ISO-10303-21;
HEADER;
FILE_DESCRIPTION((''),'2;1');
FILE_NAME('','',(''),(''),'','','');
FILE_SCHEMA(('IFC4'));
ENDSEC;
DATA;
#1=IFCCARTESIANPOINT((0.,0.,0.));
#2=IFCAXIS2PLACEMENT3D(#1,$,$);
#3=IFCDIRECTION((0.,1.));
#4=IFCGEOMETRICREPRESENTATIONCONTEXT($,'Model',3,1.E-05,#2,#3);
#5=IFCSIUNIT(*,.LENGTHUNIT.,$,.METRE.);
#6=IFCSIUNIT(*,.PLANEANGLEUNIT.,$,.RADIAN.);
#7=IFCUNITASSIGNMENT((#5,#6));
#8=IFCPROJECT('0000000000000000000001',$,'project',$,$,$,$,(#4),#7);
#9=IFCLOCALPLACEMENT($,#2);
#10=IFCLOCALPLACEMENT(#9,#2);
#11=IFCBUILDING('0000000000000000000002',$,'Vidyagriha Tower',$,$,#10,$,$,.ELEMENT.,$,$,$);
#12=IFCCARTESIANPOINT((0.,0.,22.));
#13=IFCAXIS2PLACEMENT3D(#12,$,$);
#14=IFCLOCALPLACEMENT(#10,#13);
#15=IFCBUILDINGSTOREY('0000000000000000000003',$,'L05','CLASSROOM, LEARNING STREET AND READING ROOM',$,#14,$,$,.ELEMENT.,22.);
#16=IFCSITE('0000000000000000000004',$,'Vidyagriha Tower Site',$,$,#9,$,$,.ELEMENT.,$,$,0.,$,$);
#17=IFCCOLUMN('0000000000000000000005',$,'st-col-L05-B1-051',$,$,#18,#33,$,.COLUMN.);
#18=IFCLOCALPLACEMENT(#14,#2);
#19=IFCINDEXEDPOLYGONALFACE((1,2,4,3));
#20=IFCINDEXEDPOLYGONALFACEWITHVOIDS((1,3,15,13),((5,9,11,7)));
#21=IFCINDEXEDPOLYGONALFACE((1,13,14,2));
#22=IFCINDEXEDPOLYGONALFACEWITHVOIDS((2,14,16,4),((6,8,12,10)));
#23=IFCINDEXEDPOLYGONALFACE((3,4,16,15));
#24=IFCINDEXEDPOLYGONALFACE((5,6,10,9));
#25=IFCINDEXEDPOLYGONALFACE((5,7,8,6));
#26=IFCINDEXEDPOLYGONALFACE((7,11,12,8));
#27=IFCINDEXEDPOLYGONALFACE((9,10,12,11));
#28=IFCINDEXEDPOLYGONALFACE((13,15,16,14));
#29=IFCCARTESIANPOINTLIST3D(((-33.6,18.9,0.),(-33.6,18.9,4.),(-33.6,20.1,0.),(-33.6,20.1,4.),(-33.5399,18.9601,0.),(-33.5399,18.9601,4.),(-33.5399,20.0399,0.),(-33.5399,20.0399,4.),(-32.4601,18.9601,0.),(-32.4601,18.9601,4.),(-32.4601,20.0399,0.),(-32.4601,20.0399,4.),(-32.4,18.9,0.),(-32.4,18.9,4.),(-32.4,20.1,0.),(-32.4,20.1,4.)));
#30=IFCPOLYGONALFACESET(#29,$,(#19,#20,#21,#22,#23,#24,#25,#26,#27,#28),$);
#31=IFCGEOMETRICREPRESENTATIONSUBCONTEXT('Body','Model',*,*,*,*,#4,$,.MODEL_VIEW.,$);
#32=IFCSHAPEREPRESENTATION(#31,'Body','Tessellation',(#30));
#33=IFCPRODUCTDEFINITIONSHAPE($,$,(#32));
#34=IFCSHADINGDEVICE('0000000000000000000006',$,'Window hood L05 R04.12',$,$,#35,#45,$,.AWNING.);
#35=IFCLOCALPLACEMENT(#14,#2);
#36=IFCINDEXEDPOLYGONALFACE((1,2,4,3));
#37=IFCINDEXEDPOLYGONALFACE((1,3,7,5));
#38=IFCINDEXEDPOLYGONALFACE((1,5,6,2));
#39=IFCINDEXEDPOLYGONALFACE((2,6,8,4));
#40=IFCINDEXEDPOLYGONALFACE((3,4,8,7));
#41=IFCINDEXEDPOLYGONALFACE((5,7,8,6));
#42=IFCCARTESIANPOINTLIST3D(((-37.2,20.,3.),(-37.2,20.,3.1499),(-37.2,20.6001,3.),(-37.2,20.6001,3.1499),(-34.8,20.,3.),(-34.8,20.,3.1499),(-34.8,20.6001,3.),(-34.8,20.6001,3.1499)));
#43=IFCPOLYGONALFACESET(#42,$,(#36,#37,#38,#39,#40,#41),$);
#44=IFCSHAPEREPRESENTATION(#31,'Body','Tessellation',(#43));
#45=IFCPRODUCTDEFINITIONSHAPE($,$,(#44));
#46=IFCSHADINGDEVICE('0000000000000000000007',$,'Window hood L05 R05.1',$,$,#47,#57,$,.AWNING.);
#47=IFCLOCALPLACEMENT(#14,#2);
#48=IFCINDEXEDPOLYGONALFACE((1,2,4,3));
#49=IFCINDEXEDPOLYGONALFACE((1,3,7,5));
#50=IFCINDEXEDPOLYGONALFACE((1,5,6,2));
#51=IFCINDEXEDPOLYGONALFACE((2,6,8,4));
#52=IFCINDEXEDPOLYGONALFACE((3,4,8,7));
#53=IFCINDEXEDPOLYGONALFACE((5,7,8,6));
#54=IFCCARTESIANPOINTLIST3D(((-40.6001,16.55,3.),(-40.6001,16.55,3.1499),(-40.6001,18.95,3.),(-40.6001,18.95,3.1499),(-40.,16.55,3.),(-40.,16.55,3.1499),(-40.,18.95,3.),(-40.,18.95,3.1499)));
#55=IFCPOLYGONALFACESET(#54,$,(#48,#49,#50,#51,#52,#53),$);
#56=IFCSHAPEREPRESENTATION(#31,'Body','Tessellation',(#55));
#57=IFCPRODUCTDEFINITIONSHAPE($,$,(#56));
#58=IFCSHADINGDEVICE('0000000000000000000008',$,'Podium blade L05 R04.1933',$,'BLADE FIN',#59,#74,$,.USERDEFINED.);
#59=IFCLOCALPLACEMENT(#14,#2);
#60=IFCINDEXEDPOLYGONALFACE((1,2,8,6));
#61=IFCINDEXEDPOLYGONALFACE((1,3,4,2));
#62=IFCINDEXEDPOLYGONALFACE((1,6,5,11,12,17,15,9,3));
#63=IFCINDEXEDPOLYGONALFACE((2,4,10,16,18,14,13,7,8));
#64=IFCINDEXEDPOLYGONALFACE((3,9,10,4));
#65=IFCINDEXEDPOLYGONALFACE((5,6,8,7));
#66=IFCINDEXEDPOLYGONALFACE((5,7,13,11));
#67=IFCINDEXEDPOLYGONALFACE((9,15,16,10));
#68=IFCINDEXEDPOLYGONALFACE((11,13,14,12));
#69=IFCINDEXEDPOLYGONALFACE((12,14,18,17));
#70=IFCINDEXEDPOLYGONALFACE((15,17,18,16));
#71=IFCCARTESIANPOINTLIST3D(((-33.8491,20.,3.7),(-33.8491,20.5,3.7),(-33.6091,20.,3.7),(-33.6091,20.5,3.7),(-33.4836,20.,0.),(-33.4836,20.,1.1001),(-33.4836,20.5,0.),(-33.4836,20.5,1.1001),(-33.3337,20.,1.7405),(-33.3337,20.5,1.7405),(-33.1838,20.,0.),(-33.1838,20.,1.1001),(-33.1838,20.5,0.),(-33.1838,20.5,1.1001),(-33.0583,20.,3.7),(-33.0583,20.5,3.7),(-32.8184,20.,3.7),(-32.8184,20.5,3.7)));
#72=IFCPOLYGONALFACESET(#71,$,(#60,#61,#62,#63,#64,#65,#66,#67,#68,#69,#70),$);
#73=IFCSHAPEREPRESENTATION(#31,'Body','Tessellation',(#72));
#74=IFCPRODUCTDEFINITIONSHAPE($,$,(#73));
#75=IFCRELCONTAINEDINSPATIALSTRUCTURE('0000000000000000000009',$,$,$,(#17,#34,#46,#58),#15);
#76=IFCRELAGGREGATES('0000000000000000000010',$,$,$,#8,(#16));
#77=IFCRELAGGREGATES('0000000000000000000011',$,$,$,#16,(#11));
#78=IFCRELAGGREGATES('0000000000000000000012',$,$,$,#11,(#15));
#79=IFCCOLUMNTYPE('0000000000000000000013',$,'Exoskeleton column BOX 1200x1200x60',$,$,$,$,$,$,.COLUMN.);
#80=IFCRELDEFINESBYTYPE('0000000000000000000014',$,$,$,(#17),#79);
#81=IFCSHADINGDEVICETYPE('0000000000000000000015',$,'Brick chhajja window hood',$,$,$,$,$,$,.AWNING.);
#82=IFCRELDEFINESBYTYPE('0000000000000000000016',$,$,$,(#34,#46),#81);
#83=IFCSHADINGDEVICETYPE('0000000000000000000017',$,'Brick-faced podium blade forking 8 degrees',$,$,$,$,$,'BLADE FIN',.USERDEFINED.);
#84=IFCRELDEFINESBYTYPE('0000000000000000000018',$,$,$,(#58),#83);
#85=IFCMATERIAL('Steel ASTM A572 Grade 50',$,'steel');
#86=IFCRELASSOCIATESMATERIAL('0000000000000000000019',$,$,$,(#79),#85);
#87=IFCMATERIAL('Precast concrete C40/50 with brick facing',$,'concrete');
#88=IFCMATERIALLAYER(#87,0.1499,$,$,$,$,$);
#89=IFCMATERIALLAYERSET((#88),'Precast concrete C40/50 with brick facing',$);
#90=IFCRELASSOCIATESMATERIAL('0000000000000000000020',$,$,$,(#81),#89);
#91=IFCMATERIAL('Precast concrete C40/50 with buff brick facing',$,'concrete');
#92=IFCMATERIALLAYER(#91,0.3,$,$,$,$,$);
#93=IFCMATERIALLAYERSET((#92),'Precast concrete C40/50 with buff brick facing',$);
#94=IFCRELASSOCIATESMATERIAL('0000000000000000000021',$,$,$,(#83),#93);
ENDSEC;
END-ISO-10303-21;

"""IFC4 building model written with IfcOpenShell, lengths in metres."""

from ifc_helpers import new_model, si_unit, direction, frame, origin, origin_2d, place, context, subcontext, project, spatial, polyline, rectangle, hollow_rectangle, outline, extrude, material, layer, layer_set, material_profile, profile_set, type_object, element, save


model = new_model("IFC4")

# Units and contexts
model_context = context("Model", 3, precision=1e-05, world=origin(), true_north=direction((0.0, 1.0)))
body_context = subcontext(model_context, "Body", "Model", "MODEL_VIEW")
ifc_project = project(units=[si_unit("LENGTHUNIT", "METRE"), si_unit("PLANEANGLEUNIT", "RADIAN")], contexts=[model_context])

# Site, building, storey
site_placement = place(None, origin())
site = spatial("IfcSite", under=ifc_project, at=site_placement, Name="Vidyagriha Tower Site", CompositionType="ELEMENT", RefElevation=0.0)
building_placement = place(site_placement, origin())
building = spatial("IfcBuilding", under=site, at=building_placement, Name="Vidyagriha Tower", CompositionType="ELEMENT")
storey_placement = place(building_placement, frame((0.0, 0.0, 22.0)))
storey = spatial("IfcBuildingStorey", under=building, at=storey_placement, Name="L05", Description="CLASSROOM, LEARNING STREET AND READING ROOM", CompositionType="ELEMENT", Elevation=22.0)

# Column
ifc_material_1 = material(Name="Steel ASTM A572 Grade 50", Category="steel")
ifc_material_profile = material_profile(ifc_material_1, hollow_rectangle(XDim=1.2, YDim=1.2, WallThickness=0.0601, at=origin_2d()), Name="BOX 1200x1200x60")
ifc_profile_set = profile_set([ifc_material_profile], Name="Steel ASTM A572 Grade 50")
column_type = type_object("IfcColumnType", Name="Exoskeleton column BOX 1200x1200x60", PredefinedType="COLUMN", material=ifc_profile_set)
column_placement = place(storey_placement, frame((-33.0, 19.5, 0.0)))
element("IfcColumn", 1, at=column_placement, inside=storey, type_object=column_type, Name="st-col-L05-B1-051", PredefinedType="COLUMN", context=body_context, shape_type="SweptSolid", body=[
    extrude(hollow_rectangle(XDim=1.2, YDim=1.2, WallThickness=0.0601, at=origin_2d()), origin(), (0.0, 0.0, 1.0), 4.0),
])

# Shading devices
ifc_material_2 = material(Name="Precast concrete C40/50 with brick facing", Category="concrete")
ifc_layer_1 = layer(ifc_material_2, 0.1499)
ifc_layer_set_1 = layer_set([ifc_layer_1], Name="Precast concrete C40/50 with brick facing")
shading_device_type_1 = type_object("IfcShadingDeviceType", Name="Brick chhajja window hood", PredefinedType="AWNING", material=ifc_layer_set_1)
for number, where, z_axis, x_axis, name in (
    (2, (-36.0, 20.3, 3.0), (0.0, 0.0, 1.0), (-1.0, 0.0, 0.0), "Window hood L05 R04.12"),
    (3, (-40.3, 17.75, 3.0), (0.0, 0.0, 1.0), (0.0, -1.0, 0.0), "Window hood L05 R05.1"),
):
    element("IfcShadingDevice", number, at=place(storey_placement, frame(where, z_axis=z_axis, x_axis=x_axis)), inside=storey, type_object=shading_device_type_1, Name=name, PredefinedType="AWNING", context=body_context, shape_type="SweptSolid", body=[
        extrude(rectangle(XDim=2.3999, YDim=0.6001, at=origin_2d()), origin(), (0.0, 0.0, 1.0), 0.1499),
    ])
ifc_material_3 = material(Name="Precast concrete C40/50 with buff brick facing", Category="concrete")
ifc_layer_2 = layer(ifc_material_3, 0.3)
ifc_layer_set_2 = layer_set([ifc_layer_2], Name="Precast concrete C40/50 with buff brick facing")
shading_device_type_2 = type_object("IfcShadingDeviceType", Name="Brick-faced podium blade forking 8 degrees", ElementType="BLADE FIN", PredefinedType="USERDEFINED", material=ifc_layer_set_2)
shading_device_placement = place(storey_placement, frame((-32.8184, 20.25, 0.0), z_axis=(0.0, 0.0, 1.0), x_axis=(-1.0, 0.0, 0.0)))
element("IfcShadingDevice", 4, at=shading_device_placement, inside=storey, type_object=shading_device_type_2, Name="Podium blade L05 R04.1933", ObjectType="BLADE FIN", PredefinedType="USERDEFINED", context=body_context, shape_type="SweptSolid", body=[
    extrude(outline(polyline([(0.6653, 0.0), (0.6653, 1.1001), (1.0308, 3.7), (0.7908, 3.7), (0.5154, 1.7405), (0.24, 3.7), (0.0, 3.7), (0.3655, 1.1001), (0.3655, 0.0), (0.6653, 0.0)])), frame((0.0, 0.25, 0.0), z_axis=(0.0, -1.0, 0.0), x_axis=(1.0, 0.0, 0.0)), (0.0, 0.0, 1.0), 0.5),
])

save(model, "model.ifc")
